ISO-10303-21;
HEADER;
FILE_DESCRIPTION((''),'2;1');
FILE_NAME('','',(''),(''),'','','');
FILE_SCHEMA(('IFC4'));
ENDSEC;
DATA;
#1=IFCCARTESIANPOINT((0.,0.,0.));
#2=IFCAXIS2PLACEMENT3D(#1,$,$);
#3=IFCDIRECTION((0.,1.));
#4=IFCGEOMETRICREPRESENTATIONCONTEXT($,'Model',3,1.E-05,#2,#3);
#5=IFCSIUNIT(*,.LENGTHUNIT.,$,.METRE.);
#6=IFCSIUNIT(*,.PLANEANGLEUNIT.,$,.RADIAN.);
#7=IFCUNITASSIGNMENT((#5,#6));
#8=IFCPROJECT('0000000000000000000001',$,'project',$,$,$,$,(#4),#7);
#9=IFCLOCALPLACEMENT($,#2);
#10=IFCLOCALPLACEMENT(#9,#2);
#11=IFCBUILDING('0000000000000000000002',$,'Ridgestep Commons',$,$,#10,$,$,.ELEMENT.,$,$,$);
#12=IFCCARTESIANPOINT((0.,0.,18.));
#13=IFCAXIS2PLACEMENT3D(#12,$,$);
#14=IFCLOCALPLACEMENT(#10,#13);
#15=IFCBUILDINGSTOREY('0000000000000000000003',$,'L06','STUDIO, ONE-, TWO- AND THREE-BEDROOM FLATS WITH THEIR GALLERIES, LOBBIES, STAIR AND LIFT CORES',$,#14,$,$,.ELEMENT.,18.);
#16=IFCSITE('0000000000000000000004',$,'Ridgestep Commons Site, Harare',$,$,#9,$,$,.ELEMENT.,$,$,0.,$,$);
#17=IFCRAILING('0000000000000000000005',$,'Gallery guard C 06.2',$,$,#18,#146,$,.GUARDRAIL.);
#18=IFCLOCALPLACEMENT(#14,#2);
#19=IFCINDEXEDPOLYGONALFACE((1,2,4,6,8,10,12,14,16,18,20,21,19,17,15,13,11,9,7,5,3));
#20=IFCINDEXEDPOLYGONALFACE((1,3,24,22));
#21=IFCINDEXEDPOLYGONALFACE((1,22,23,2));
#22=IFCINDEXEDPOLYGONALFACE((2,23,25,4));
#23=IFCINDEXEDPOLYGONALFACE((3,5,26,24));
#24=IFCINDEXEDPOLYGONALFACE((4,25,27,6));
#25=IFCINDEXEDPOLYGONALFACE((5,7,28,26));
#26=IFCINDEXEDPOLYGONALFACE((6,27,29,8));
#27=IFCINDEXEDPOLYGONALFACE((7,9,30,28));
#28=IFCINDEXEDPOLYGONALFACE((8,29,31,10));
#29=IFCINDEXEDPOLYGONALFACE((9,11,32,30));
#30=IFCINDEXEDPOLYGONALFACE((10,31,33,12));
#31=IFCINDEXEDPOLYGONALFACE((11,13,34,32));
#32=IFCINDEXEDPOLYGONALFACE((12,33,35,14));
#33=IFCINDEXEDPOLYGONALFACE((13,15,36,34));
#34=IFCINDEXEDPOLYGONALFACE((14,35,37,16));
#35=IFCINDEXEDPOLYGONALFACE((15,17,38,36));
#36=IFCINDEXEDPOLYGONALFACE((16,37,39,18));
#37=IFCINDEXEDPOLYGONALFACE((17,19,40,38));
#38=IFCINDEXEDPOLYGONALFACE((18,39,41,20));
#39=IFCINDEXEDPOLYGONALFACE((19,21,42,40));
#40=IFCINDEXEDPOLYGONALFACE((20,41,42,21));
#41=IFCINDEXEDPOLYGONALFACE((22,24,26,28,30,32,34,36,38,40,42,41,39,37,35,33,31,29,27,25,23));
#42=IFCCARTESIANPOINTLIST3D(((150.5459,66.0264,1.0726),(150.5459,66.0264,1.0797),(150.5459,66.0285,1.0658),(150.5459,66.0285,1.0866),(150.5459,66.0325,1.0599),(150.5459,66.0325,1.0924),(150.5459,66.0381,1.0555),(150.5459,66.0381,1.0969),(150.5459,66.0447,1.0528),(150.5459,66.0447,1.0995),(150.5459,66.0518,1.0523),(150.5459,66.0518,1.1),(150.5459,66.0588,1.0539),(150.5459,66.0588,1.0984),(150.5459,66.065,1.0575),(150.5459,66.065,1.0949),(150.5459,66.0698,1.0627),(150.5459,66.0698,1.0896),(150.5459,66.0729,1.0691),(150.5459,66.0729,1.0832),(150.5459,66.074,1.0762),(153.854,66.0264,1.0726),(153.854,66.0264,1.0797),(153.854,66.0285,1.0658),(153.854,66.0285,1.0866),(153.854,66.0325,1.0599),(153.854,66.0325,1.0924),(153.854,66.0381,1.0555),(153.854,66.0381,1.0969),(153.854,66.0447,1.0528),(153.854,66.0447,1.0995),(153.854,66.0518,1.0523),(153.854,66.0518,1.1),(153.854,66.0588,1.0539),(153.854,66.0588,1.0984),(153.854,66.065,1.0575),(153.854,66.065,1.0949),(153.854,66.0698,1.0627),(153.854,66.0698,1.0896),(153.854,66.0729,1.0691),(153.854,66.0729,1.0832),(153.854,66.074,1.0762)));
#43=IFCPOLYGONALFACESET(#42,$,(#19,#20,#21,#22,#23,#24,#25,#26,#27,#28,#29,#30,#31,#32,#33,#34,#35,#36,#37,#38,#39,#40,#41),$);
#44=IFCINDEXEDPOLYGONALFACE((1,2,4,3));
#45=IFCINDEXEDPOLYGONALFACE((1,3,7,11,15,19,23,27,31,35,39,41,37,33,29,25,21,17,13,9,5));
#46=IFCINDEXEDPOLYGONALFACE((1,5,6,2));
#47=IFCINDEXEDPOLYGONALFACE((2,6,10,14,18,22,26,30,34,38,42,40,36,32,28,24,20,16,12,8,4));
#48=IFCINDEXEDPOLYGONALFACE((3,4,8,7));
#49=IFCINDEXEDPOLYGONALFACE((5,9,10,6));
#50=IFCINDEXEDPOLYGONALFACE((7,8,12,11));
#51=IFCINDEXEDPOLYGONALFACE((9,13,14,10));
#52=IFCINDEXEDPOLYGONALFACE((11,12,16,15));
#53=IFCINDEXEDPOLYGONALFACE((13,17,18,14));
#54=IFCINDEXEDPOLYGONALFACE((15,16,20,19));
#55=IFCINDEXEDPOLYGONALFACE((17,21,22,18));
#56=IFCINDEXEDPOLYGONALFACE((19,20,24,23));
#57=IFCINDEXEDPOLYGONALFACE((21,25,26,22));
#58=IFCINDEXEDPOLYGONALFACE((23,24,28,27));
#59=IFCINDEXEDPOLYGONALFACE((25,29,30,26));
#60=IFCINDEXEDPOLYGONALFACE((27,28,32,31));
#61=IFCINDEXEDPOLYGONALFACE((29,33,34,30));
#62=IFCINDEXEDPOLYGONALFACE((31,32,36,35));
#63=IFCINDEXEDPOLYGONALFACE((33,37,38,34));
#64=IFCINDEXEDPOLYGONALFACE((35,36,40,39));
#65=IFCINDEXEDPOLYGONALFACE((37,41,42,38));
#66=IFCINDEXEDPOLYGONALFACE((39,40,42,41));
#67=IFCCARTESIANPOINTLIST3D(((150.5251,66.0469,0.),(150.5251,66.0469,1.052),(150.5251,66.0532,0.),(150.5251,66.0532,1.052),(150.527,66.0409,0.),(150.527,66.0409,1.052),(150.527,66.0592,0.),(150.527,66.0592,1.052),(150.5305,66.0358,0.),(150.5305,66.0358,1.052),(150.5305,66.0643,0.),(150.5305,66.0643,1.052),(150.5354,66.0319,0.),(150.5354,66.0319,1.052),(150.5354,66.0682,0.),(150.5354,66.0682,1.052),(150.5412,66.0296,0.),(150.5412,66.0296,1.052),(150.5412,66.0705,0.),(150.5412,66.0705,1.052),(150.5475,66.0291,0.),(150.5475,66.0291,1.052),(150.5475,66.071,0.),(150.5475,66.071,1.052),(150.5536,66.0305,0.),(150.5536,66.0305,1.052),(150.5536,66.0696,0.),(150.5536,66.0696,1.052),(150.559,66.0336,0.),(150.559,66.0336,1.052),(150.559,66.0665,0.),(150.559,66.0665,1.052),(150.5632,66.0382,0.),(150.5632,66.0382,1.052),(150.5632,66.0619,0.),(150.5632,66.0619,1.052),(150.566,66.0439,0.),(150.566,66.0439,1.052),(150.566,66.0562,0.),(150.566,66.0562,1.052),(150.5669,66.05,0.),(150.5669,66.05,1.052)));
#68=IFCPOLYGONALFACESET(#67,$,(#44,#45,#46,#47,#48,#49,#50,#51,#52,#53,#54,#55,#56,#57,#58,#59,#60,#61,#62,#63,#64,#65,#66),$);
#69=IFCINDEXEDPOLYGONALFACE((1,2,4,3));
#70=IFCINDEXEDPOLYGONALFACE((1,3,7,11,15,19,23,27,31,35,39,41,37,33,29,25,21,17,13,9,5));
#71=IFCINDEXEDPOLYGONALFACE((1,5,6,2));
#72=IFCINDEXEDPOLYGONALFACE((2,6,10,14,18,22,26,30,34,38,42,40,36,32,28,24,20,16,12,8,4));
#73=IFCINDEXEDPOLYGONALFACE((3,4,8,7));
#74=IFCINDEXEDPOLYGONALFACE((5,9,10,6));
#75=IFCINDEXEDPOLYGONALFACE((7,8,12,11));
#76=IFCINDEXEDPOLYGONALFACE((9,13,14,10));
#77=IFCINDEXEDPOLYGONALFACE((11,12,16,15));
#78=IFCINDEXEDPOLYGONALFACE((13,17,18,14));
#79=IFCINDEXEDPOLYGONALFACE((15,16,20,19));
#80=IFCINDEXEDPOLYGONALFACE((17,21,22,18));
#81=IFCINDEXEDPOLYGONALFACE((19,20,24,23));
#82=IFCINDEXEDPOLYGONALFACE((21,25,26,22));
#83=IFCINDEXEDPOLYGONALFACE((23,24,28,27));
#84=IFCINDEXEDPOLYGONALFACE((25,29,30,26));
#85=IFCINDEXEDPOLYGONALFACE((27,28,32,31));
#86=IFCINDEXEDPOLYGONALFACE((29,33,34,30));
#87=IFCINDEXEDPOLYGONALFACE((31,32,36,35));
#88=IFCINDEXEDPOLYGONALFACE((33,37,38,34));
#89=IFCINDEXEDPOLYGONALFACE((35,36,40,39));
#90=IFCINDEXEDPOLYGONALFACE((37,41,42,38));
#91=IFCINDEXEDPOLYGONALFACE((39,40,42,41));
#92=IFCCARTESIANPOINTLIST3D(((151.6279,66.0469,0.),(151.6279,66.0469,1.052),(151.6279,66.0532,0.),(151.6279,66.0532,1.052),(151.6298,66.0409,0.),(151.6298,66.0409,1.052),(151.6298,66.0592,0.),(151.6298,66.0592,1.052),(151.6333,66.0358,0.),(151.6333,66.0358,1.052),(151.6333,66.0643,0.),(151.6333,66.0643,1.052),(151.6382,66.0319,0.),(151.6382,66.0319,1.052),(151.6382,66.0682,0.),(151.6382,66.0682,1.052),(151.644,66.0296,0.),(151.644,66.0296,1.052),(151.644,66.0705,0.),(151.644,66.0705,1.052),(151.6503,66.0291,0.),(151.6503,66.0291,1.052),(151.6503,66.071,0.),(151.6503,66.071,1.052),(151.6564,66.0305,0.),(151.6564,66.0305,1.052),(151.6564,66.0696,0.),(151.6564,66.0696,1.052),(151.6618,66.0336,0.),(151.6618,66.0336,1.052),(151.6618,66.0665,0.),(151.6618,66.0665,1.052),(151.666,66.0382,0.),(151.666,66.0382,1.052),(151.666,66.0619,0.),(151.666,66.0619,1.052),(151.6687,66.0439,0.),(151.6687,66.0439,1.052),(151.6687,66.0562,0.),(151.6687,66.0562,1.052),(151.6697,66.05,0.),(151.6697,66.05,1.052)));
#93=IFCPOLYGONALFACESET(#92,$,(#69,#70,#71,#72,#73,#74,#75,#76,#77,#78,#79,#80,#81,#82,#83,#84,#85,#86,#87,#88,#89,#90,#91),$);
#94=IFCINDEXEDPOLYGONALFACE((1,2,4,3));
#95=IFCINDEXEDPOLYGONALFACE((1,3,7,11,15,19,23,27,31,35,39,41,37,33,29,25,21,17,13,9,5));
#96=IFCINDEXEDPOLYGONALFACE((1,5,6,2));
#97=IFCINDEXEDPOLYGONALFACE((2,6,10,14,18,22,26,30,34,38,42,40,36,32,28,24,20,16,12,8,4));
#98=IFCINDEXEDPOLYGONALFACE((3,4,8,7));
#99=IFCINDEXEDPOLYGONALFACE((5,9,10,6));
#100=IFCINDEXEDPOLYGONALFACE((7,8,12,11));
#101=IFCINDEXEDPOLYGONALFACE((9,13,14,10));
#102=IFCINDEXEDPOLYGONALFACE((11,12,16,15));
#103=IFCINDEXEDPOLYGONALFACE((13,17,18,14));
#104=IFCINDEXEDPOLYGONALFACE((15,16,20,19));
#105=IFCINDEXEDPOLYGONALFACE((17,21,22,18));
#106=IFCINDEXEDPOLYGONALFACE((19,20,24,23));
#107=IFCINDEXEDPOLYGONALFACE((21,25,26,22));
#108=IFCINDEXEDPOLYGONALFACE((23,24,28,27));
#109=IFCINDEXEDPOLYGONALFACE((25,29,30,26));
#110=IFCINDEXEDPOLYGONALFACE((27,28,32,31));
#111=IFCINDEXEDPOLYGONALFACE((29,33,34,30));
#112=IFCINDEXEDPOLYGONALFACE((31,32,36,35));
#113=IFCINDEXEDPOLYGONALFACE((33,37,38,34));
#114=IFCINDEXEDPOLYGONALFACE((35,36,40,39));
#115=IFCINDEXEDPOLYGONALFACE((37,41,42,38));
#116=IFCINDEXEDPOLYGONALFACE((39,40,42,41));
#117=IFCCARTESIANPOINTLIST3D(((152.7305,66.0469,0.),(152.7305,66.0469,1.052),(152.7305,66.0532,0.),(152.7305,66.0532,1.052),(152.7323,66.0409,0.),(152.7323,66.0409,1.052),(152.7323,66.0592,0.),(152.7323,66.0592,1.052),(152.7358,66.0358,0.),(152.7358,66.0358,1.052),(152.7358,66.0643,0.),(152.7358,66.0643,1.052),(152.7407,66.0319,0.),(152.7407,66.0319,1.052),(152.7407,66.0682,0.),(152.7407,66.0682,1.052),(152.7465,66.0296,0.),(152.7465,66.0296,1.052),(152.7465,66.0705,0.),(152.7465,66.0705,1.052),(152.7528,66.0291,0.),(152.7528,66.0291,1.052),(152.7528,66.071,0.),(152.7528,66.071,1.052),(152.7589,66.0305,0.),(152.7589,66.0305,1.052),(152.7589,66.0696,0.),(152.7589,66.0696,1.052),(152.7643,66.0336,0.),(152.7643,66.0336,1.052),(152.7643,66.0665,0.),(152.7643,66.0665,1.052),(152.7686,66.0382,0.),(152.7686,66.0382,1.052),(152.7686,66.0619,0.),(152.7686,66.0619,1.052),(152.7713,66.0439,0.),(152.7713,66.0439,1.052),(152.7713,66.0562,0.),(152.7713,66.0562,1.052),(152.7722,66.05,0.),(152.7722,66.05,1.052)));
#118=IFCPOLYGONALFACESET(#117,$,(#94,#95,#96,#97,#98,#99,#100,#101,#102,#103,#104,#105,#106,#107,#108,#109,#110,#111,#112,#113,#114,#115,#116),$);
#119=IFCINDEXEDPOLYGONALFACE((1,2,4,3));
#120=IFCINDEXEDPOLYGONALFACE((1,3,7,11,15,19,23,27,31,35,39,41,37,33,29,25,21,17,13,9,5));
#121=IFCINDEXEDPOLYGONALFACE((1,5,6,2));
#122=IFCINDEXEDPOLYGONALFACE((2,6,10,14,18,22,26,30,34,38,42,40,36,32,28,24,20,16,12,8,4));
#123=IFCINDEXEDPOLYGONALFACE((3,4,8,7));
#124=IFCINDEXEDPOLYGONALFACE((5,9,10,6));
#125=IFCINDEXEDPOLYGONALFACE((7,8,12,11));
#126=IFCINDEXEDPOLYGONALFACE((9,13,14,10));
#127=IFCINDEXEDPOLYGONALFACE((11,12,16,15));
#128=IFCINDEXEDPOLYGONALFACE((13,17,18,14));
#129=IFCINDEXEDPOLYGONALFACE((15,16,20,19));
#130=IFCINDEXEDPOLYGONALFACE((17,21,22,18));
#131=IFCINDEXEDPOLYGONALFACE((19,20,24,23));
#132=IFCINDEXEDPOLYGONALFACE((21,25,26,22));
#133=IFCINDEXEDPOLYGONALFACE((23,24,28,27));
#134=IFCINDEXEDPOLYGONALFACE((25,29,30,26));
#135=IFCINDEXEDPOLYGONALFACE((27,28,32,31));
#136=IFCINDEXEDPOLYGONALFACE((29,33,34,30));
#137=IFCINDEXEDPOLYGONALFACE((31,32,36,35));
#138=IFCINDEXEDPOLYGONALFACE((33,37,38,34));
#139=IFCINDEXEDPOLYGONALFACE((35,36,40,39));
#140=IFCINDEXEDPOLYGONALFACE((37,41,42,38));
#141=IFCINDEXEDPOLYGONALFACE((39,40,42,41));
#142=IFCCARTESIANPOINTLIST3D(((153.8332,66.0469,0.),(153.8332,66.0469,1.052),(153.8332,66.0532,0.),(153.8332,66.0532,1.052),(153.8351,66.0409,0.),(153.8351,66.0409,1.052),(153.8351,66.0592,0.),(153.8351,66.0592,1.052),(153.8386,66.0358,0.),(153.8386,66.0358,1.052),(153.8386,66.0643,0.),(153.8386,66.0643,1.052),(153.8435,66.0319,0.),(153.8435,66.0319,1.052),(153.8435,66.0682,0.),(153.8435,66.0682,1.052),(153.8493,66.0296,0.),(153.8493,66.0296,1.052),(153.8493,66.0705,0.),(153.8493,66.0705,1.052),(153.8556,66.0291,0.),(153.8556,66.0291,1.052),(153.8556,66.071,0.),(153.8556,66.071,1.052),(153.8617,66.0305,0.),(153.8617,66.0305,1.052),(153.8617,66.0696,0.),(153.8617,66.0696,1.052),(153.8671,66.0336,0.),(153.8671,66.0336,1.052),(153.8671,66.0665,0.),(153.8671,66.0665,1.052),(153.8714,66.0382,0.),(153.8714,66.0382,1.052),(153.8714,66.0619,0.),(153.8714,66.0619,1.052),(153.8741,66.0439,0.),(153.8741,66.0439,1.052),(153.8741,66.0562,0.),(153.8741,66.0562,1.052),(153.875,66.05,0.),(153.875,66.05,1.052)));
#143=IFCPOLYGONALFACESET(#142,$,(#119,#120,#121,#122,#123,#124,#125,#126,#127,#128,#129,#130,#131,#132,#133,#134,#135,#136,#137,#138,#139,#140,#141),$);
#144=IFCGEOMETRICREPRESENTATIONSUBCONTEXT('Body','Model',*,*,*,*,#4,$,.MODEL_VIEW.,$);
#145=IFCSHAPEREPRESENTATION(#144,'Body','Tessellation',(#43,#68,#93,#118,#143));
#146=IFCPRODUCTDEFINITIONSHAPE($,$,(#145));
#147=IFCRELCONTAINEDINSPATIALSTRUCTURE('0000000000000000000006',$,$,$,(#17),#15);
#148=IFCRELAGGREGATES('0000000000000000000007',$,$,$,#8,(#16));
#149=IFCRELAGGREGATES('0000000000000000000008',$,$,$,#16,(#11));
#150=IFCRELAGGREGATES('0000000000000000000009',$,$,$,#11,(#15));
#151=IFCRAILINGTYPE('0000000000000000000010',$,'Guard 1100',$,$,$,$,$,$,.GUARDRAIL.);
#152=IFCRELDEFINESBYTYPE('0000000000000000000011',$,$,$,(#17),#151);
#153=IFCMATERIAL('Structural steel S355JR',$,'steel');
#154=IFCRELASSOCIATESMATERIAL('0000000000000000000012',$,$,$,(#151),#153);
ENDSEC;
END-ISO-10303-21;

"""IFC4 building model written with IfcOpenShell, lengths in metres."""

from ifc_helpers import new_model, si_unit, direction, frame, origin, origin_2d, place, context, subcontext, project, spatial, circle, extrude, material, type_object, element, save


model = new_model("IFC4")

# Units and contexts
model_context = context("Model", 3, precision=1e-05, world=origin(), true_north=direction((0.0, 1.0)))
body_context = subcontext(model_context, "Body", "Model", "MODEL_VIEW")
ifc_project = project(units=[si_unit("LENGTHUNIT", "METRE"), si_unit("PLANEANGLEUNIT", "RADIAN")], contexts=[model_context])

# Site, building, storey
site_placement = place(None, origin())
site = spatial("IfcSite", under=ifc_project, at=site_placement, Name="Ridgestep Commons Site, Harare", CompositionType="ELEMENT", RefElevation=0.0)
building_placement = place(site_placement, origin())
building = spatial("IfcBuilding", under=site, at=building_placement, Name="Ridgestep Commons", CompositionType="ELEMENT")
storey_placement = place(building_placement, frame((0.0, 0.0, 18.0)))
storey = spatial("IfcBuildingStorey", under=building, at=storey_placement, Name="L06", Description="STUDIO, ONE-, TWO- AND THREE-BEDROOM FLATS WITH THEIR GALLERIES, LOBBIES, STAIR AND LIFT CORES", CompositionType="ELEMENT", Elevation=18.0)

# Railing
ifc_material_1 = material(Name="Structural steel S355JR", Category="steel")
railing_type = type_object("IfcRailingType", Name="Guard 1100", PredefinedType="GUARDRAIL", material=ifc_material_1)
for number, where, name in (
    (1, (150.5459, 66.05, 0.0), "Gallery guard C 06.2"),
):
    element("IfcRailing", number, at=place(storey_placement, frame(where)), inside=storey, type_object=railing_type, Name=name, PredefinedType="GUARDRAIL", context=body_context, shape_type="SweptSolid", body=[
        extrude(circle(Radius=0.0239, at=origin_2d()), frame((0.0, 0.0, 1.0762), z_axis=(1.0, 0.0, 0.0), x_axis=(0.0, 1.0, 0.0)), (0.0, 0.0, 1.0), 3.3081),
        extrude(circle(Radius=0.021, at=origin_2d()), origin(), (0.0, 0.0, 1.0), 1.052),
        extrude(circle(Radius=0.021, at=origin_2d()), frame((1.1028, 0.0, 0.0)), (0.0, 0.0, 1.0), 1.052),
        extrude(circle(Radius=0.021, at=origin_2d()), frame((2.2053, 0.0, 0.0)), (0.0, 0.0, 1.0), 1.052),
        extrude(circle(Radius=0.021, at=origin_2d()), frame((3.3081, 0.0, 0.0)), (0.0, 0.0, 1.0), 1.052),
    ])

save(model, "model.ifc")
